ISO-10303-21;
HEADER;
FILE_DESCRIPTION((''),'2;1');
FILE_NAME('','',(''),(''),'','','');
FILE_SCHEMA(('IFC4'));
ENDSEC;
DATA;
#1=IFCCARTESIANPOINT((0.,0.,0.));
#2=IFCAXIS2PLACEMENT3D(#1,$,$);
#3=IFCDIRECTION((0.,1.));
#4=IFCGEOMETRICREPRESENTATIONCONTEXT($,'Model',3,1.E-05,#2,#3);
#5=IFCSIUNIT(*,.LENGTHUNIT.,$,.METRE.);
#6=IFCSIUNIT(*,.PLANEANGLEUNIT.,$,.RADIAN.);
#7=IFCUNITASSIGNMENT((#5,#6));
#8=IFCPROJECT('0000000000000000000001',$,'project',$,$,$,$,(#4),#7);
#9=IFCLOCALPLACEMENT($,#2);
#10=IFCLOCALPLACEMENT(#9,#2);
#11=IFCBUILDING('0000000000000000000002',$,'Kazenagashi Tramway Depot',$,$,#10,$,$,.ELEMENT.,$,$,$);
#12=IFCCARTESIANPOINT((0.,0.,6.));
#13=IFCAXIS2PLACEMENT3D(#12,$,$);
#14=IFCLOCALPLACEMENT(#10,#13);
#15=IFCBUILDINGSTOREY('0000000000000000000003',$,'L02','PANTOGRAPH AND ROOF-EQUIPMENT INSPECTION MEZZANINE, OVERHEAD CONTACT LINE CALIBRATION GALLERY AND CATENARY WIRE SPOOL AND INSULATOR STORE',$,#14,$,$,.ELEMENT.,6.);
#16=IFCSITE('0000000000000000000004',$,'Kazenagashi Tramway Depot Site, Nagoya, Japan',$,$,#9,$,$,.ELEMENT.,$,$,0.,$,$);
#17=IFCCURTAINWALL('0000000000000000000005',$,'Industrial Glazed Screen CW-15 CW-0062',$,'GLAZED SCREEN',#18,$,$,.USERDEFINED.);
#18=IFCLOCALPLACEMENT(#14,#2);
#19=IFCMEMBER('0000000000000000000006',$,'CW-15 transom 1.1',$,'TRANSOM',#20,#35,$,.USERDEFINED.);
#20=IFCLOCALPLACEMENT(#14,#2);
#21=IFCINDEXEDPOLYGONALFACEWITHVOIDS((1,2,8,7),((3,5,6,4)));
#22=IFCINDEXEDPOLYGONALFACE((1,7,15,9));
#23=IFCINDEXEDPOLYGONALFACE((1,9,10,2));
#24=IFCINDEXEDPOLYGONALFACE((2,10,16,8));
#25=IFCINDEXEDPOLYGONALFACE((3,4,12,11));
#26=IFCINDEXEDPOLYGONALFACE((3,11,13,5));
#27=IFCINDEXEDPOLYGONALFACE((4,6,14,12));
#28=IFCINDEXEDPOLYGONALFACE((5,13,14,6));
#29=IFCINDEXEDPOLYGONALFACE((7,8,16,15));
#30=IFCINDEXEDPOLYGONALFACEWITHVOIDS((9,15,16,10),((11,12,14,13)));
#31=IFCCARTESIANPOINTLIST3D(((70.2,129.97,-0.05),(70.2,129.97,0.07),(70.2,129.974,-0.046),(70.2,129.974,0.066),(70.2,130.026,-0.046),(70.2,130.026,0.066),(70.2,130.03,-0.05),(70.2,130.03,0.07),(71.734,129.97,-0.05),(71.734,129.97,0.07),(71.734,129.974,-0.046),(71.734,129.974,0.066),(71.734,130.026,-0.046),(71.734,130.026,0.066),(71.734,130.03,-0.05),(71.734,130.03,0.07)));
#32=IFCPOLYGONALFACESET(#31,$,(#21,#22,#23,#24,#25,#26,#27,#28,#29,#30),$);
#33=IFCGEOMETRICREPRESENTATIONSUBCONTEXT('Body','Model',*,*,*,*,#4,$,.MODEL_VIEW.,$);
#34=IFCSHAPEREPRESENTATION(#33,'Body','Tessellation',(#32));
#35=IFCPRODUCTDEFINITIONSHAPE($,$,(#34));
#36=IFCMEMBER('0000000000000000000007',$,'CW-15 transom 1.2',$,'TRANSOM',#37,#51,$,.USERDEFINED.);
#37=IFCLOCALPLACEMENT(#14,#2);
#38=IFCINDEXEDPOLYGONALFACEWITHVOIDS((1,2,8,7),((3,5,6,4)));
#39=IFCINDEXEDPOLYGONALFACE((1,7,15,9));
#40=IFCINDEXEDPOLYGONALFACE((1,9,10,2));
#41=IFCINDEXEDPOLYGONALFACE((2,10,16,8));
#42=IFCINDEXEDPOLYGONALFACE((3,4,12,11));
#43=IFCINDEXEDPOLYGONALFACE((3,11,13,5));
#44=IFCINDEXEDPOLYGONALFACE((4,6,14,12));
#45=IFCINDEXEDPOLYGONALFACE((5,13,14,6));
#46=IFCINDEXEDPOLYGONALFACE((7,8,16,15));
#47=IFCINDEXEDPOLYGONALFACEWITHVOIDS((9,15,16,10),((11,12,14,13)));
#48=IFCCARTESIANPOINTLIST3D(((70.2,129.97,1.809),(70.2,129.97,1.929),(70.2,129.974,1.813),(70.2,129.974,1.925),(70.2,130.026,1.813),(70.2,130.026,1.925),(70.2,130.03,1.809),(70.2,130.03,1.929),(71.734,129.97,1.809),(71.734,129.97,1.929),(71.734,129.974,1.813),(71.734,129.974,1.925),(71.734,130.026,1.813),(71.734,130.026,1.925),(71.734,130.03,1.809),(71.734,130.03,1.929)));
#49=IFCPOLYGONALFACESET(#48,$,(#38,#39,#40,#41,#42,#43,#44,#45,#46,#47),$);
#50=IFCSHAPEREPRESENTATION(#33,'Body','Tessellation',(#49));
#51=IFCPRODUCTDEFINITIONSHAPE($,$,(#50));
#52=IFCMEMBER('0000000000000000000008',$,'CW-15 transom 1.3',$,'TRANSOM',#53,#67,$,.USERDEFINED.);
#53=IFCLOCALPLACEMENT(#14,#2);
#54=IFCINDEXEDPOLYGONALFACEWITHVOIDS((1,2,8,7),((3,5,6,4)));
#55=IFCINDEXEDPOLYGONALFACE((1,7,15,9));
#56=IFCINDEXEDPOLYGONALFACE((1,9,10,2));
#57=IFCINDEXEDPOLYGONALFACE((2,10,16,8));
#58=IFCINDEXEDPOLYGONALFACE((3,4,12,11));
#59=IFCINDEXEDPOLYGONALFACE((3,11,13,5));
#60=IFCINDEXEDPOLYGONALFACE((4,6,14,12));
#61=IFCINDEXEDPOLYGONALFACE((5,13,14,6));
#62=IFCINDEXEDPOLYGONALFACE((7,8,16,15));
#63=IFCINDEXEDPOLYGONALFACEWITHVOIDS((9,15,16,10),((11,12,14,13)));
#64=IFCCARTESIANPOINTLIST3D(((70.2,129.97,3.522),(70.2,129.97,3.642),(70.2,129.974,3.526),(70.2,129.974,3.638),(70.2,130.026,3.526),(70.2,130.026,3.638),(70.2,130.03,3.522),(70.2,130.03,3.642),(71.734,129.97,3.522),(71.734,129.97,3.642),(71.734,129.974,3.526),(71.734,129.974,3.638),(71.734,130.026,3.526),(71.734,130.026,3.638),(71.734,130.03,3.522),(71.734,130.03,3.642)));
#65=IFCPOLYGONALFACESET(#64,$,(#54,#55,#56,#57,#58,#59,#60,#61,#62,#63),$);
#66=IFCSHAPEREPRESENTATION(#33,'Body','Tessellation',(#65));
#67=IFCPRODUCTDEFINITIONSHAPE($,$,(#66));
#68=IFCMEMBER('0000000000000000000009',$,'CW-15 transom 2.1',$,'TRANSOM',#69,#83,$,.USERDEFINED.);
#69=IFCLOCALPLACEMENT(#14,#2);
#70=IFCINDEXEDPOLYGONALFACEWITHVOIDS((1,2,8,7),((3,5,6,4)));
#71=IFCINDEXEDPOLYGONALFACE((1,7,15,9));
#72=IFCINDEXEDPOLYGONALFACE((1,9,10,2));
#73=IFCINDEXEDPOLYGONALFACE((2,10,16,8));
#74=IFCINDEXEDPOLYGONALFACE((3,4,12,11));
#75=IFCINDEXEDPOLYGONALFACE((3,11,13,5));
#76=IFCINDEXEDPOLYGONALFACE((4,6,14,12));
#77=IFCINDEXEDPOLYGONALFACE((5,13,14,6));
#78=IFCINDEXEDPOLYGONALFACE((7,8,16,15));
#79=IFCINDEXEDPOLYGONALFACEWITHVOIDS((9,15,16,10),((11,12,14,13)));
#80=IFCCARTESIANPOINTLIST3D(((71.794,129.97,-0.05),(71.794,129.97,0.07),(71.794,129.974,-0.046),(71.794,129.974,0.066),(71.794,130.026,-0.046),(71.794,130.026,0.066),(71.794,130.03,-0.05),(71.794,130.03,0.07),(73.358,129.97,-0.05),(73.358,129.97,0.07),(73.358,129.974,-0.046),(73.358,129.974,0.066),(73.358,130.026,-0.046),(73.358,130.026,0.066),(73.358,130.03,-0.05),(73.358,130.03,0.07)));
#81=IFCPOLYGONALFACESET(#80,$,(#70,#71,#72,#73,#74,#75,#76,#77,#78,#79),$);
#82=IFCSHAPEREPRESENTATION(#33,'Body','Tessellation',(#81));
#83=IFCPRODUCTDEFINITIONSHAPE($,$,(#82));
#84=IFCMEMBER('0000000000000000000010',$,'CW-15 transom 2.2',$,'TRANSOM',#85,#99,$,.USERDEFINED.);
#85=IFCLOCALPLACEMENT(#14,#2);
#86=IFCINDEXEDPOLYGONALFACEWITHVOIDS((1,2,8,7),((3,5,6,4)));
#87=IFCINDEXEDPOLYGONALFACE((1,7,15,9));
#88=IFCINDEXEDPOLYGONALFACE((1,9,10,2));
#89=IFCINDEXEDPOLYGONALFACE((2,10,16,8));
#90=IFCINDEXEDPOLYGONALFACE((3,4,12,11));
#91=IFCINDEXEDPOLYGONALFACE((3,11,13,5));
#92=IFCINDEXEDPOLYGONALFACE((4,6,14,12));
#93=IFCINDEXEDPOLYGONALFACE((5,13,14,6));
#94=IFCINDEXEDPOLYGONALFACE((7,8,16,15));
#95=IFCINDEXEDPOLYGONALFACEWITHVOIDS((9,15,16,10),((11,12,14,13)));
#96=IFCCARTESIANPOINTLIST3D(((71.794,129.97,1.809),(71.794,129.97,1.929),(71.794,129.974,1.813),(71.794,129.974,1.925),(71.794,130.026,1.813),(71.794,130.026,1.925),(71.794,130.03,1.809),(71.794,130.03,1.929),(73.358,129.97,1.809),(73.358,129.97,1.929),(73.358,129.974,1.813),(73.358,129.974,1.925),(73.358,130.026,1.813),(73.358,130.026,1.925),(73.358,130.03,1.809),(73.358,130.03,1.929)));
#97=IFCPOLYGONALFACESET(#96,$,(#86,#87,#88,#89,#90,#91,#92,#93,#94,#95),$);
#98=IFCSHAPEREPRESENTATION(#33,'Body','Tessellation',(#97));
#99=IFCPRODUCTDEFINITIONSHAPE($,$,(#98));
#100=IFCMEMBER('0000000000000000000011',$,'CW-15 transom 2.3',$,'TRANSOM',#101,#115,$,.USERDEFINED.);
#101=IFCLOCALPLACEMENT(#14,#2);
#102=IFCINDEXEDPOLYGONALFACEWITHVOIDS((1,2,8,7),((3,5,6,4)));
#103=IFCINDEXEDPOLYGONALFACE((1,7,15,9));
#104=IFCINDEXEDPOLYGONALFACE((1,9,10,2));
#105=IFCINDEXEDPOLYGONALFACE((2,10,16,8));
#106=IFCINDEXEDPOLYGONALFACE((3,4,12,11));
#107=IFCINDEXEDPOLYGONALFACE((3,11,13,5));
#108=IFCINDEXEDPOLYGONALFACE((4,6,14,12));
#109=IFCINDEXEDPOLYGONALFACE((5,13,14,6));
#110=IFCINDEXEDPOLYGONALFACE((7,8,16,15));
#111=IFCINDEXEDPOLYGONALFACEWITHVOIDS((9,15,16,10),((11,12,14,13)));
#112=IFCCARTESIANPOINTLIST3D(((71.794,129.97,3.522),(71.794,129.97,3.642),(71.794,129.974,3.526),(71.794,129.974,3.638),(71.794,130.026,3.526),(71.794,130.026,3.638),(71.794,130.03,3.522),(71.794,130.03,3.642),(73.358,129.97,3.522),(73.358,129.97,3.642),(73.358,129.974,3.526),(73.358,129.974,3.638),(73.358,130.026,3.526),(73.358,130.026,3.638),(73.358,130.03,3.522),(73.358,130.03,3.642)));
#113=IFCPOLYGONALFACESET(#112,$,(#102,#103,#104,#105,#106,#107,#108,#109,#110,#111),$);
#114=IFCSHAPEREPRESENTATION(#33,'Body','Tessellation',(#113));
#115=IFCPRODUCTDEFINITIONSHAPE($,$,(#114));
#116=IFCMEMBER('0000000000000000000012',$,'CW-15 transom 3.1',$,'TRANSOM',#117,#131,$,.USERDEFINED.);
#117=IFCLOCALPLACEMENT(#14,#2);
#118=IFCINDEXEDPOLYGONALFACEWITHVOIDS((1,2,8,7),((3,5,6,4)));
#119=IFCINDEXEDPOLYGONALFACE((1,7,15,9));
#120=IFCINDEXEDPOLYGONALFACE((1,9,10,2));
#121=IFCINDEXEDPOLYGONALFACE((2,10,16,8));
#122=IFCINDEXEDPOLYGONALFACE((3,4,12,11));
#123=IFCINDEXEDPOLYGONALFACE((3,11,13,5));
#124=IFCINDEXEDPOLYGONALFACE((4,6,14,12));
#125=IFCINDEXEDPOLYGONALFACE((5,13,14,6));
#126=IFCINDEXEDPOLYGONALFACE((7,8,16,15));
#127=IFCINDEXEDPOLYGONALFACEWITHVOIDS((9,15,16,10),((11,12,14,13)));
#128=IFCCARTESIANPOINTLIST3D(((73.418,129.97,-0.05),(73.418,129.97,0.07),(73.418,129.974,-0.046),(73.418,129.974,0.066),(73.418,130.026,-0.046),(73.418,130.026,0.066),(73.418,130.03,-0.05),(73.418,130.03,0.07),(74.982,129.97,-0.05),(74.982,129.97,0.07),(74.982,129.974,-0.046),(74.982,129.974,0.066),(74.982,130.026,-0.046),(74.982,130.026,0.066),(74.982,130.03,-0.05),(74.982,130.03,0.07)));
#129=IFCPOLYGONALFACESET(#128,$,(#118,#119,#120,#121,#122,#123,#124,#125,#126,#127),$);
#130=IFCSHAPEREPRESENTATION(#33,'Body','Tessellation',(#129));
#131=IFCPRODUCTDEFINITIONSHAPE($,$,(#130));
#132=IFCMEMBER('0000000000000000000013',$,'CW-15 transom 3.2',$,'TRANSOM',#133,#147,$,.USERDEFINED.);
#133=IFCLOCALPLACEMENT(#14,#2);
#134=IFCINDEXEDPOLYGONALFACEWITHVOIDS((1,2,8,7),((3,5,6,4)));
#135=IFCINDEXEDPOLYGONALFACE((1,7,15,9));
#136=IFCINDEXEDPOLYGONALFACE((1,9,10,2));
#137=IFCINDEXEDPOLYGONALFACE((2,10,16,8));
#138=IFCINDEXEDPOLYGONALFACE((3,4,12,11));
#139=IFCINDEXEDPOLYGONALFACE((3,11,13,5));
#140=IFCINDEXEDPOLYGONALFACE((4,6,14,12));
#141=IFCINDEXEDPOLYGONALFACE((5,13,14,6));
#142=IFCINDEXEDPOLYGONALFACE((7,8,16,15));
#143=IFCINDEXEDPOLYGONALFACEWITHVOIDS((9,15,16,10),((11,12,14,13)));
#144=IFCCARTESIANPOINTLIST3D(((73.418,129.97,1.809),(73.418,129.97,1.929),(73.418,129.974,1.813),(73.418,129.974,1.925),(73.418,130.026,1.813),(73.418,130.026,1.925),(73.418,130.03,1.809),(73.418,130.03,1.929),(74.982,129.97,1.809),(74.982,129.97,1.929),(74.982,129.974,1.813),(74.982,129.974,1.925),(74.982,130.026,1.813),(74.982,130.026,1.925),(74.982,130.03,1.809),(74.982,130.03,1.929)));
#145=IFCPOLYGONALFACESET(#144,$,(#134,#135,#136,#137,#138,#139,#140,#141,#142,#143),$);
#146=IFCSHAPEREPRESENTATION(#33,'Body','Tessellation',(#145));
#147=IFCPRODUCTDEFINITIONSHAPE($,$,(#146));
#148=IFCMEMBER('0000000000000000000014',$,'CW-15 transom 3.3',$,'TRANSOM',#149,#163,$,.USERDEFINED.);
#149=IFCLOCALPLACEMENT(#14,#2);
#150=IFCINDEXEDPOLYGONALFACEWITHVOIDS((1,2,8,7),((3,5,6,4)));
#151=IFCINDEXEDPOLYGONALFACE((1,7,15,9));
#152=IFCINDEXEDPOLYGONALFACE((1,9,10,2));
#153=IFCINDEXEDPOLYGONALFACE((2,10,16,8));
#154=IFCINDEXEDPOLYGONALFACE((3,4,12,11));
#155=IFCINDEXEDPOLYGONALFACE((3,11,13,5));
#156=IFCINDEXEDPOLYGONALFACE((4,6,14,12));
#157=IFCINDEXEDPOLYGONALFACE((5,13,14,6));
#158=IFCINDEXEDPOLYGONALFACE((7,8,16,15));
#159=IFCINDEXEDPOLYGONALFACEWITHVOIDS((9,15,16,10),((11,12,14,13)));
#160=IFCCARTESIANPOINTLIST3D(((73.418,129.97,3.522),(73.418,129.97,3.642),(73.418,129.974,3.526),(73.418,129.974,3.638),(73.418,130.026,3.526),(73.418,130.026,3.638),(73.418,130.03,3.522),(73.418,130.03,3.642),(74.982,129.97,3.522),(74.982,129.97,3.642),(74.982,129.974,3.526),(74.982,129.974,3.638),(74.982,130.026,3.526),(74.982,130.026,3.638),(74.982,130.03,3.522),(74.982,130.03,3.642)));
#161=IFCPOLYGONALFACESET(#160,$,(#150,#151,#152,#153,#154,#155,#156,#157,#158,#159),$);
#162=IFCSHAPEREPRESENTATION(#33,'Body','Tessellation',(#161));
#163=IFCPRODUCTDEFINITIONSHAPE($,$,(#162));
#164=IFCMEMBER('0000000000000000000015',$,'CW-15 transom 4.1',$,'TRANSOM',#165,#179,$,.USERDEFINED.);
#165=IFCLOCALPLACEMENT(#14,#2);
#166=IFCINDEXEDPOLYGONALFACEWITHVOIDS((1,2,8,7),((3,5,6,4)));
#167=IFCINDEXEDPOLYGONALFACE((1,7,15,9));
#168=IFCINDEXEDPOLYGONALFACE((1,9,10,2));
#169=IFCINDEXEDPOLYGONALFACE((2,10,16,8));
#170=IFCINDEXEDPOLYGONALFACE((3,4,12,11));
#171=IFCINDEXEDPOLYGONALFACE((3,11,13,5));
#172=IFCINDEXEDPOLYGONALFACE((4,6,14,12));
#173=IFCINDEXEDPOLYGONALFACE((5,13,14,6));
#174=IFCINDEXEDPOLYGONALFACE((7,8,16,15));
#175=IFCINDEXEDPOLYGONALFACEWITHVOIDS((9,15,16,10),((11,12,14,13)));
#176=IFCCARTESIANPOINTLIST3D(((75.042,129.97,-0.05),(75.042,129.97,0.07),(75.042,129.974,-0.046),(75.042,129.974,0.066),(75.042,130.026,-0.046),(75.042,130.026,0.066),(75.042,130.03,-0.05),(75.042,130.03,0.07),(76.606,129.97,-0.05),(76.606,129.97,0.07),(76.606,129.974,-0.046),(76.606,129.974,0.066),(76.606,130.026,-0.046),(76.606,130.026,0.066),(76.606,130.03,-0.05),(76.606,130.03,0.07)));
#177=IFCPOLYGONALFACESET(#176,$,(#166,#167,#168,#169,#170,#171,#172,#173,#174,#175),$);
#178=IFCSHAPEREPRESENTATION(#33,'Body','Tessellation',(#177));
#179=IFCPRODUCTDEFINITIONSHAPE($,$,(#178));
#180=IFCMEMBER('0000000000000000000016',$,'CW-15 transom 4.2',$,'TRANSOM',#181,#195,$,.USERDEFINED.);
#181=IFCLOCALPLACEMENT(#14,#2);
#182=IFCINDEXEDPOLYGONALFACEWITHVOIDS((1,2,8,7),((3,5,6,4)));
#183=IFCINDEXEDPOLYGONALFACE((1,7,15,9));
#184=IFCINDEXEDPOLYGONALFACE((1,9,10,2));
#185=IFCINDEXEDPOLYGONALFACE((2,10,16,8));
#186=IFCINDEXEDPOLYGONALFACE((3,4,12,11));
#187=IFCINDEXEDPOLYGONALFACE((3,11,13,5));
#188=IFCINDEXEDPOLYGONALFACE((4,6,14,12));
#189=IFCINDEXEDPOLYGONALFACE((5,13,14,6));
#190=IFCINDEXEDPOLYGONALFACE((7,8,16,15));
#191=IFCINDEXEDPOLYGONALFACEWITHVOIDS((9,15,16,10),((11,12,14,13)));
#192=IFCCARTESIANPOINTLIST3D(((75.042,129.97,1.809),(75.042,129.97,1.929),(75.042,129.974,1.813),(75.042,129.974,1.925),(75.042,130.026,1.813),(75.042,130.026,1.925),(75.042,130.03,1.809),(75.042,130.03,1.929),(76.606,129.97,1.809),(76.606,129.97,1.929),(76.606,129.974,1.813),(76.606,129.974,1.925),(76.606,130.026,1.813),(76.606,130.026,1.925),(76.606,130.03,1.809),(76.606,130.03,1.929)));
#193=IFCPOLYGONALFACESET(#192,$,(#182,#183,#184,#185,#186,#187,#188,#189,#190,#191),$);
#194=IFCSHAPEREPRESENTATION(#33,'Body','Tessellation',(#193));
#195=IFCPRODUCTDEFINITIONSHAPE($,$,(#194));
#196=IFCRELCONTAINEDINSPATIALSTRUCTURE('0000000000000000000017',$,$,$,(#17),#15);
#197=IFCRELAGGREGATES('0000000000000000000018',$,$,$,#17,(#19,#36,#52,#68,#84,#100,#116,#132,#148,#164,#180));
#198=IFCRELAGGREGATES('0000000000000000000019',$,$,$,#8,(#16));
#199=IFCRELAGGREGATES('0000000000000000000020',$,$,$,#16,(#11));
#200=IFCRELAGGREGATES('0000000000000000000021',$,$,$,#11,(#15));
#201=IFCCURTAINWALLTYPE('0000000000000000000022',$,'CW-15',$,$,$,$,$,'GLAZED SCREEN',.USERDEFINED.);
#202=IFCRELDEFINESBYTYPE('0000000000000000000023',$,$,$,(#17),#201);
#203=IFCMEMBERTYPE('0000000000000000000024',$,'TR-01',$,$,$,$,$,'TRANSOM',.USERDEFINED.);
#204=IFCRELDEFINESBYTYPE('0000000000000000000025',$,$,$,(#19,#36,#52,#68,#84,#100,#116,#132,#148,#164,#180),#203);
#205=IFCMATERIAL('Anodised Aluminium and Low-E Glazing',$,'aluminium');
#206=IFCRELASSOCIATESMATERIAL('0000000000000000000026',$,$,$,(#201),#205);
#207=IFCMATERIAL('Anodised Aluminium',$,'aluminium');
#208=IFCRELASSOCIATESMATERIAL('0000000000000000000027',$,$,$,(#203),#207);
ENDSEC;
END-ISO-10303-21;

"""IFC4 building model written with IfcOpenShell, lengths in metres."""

from ifc_helpers import new_model, si_unit, direction, frame, origin, origin_2d, place, context, subcontext, project, spatial, hollow_rectangle, extrude, material, material_profile, profile_set, type_object, element, aggregate, save


model = new_model("IFC4")

# Units and contexts
model_context = context("Model", 3, precision=1e-05, world=origin(), true_north=direction((0.0, 1.0)))
body_context = subcontext(model_context, "Body", "Model", "MODEL_VIEW")
ifc_project = project(units=[si_unit("LENGTHUNIT", "METRE"), si_unit("PLANEANGLEUNIT", "RADIAN")], contexts=[model_context])

# Site, building, storey
site_placement = place(None, origin())
site = spatial("IfcSite", under=ifc_project, at=site_placement, Name="Kazenagashi Tramway Depot Site, Nagoya, Japan", CompositionType="ELEMENT", RefElevation=0.0)
building_placement = place(site_placement, origin())
building = spatial("IfcBuilding", under=site, at=building_placement, Name="Kazenagashi Tramway Depot", CompositionType="ELEMENT")
storey_placement = place(building_placement, frame((0.0, 0.0, 6.0)))
storey = spatial("IfcBuildingStorey", under=building, at=storey_placement, Name="L02", Description="PANTOGRAPH AND ROOF-EQUIPMENT INSPECTION MEZZANINE, OVERHEAD CONTACT LINE CALIBRATION GALLERY AND CATENARY WIRE SPOOL AND INSULATOR STORE", CompositionType="ELEMENT", Elevation=6.0)

# Shared definitions
ifc_material_1 = material(Name="Anodised Aluminium and Low-E Glazing", Category="aluminium")
curtain_wall_type = type_object("IfcCurtainWallType", Name="CW-15", ElementType="GLAZED SCREEN", PredefinedType="USERDEFINED", material=ifc_material_1)
ifc_material_2 = material(Name="Anodised Aluminium", Category="aluminium")

# Curtain wall
curtain_wall_1_placement = place(storey_placement, origin())
curtain_wall_1 = element("IfcCurtainWall", 1, at=curtain_wall_1_placement, inside=storey, type_object=curtain_wall_type, Name="Industrial Glazed Screen CW-15 CW-0062", ObjectType="GLAZED SCREEN", PredefinedType="USERDEFINED")

# Members
ifc_material_profile_1 = material_profile(ifc_material_2, hollow_rectangle(XDim=0.06, YDim=0.12, WallThickness=0.004, at=origin_2d()), Name="RHS-120x60x4")
ifc_profile_set_1 = profile_set([ifc_material_profile_1], Name="Anodised Aluminium")
member_type_1 = type_object("IfcMemberType", Name="TR-01", ElementType="TRANSOM", PredefinedType="USERDEFINED", material=ifc_profile_set_1)
member_1_placement = place(storey_placement, frame((70.2, 130.0, 0.01), z_axis=(1.0, 0.0, 0.0), x_axis=(0.0, 1.0, 0.0)))
member_1 = element("IfcMember", 2, at=member_1_placement, type_object=member_type_1, Name="CW-15 transom 1.1", ObjectType="TRANSOM", PredefinedType="USERDEFINED", context=body_context, shape_type="SweptSolid", body=[
    extrude(hollow_rectangle(XDim=0.06, YDim=0.12, WallThickness=0.004, at=origin_2d()), origin(), (0.0, 0.0, 1.0), 1.534),
])
member_2_placement = place(storey_placement, frame((70.2, 130.0, 1.869), z_axis=(1.0, 0.0, 0.0), x_axis=(0.0, 1.0, 0.0)))
member_2 = element("IfcMember", 3, at=member_2_placement, type_object=member_type_1, Name="CW-15 transom 1.2", ObjectType="TRANSOM", PredefinedType="USERDEFINED", context=body_context, shape_type="SweptSolid", body=[
    extrude(hollow_rectangle(XDim=0.06, YDim=0.12, WallThickness=0.004, at=origin_2d()), origin(), (0.0, 0.0, 1.0), 1.534),
])
member_3_placement = place(storey_placement, frame((70.2, 130.0, 3.582), z_axis=(1.0, 0.0, 0.0), x_axis=(0.0, 1.0, 0.0)))
member_3 = element("IfcMember", 4, at=member_3_placement, type_object=member_type_1, Name="CW-15 transom 1.3", ObjectType="TRANSOM", PredefinedType="USERDEFINED", context=body_context, shape_type="SweptSolid", body=[
    extrude(hollow_rectangle(XDim=0.06, YDim=0.12, WallThickness=0.004, at=origin_2d()), origin(), (0.0, 0.0, 1.0), 1.534),
])
member_4_placement = place(storey_placement, frame((71.794, 130.0, 0.01), z_axis=(1.0, 0.0, 0.0), x_axis=(0.0, 1.0, 0.0)))
member_4 = element("IfcMember", 5, at=member_4_placement, type_object=member_type_1, Name="CW-15 transom 2.1", ObjectType="TRANSOM", PredefinedType="USERDEFINED", context=body_context, shape_type="SweptSolid", body=[
    extrude(hollow_rectangle(XDim=0.06, YDim=0.12, WallThickness=0.004, at=origin_2d()), origin(), (0.0, 0.0, 1.0), 1.564),
])
member_5_placement = place(storey_placement, frame((71.794, 130.0, 1.869), z_axis=(1.0, 0.0, 0.0), x_axis=(0.0, 1.0, 0.0)))
member_5 = element("IfcMember", 6, at=member_5_placement, type_object=member_type_1, Name="CW-15 transom 2.2", ObjectType="TRANSOM", PredefinedType="USERDEFINED", context=body_context, shape_type="SweptSolid", body=[
    extrude(hollow_rectangle(XDim=0.06, YDim=0.12, WallThickness=0.004, at=origin_2d()), origin(), (0.0, 0.0, 1.0), 1.564),
])
member_6_placement = place(storey_placement, frame((71.794, 130.0, 3.582), z_axis=(1.0, 0.0, 0.0), x_axis=(0.0, 1.0, 0.0)))
member_6 = element("IfcMember", 7, at=member_6_placement, type_object=member_type_1, Name="CW-15 transom 2.3", ObjectType="TRANSOM", PredefinedType="USERDEFINED", context=body_context, shape_type="SweptSolid", body=[
    extrude(hollow_rectangle(XDim=0.06, YDim=0.12, WallThickness=0.004, at=origin_2d()), origin(), (0.0, 0.0, 1.0), 1.564),
])
member_7_placement = place(storey_placement, frame((73.418, 130.0, 0.01), z_axis=(1.0, 0.0, 0.0), x_axis=(0.0, 1.0, 0.0)))
member_7 = element("IfcMember", 8, at=member_7_placement, type_object=member_type_1, Name="CW-15 transom 3.1", ObjectType="TRANSOM", PredefinedType="USERDEFINED", context=body_context, shape_type="SweptSolid", body=[
    extrude(hollow_rectangle(XDim=0.06, YDim=0.12, WallThickness=0.004, at=origin_2d()), origin(), (0.0, 0.0, 1.0), 1.564),
])
member_8_placement = place(storey_placement, frame((73.418, 130.0, 1.869), z_axis=(1.0, 0.0, 0.0), x_axis=(0.0, 1.0, 0.0)))
member_8 = element("IfcMember", 9, at=member_8_placement, type_object=member_type_1, Name="CW-15 transom 3.2", ObjectType="TRANSOM", PredefinedType="USERDEFINED", context=body_context, shape_type="SweptSolid", body=[
    extrude(hollow_rectangle(XDim=0.06, YDim=0.12, WallThickness=0.004, at=origin_2d()), origin(), (0.0, 0.0, 1.0), 1.564),
])
member_9_placement = place(storey_placement, frame((73.418, 130.0, 3.582), z_axis=(1.0, 0.0, 0.0), x_axis=(0.0, 1.0, 0.0)))
member_9 = element("IfcMember", 10, at=member_9_placement, type_object=member_type_1, Name="CW-15 transom 3.3", ObjectType="TRANSOM", PredefinedType="USERDEFINED", context=body_context, shape_type="SweptSolid", body=[
    extrude(hollow_rectangle(XDim=0.06, YDim=0.12, WallThickness=0.004, at=origin_2d()), origin(), (0.0, 0.0, 1.0), 1.564),
])
member_10_placement = place(storey_placement, frame((75.042, 130.0, 0.01), z_axis=(1.0, 0.0, 0.0), x_axis=(0.0, 1.0, 0.0)))
member_10 = element("IfcMember", 11, at=member_10_placement, type_object=member_type_1, Name="CW-15 transom 4.1", ObjectType="TRANSOM", PredefinedType="USERDEFINED", context=body_context, shape_type="SweptSolid", body=[
    extrude(hollow_rectangle(XDim=0.06, YDim=0.12, WallThickness=0.004, at=origin_2d()), origin(), (0.0, 0.0, 1.0), 1.564),
])
member_11_placement = place(storey_placement, frame((75.042, 130.0, 1.869), z_axis=(1.0, 0.0, 0.0), x_axis=(0.0, 1.0, 0.0)))
member_11 = element("IfcMember", 12, at=member_11_placement, type_object=member_type_1, Name="CW-15 transom 4.2", ObjectType="TRANSOM", PredefinedType="USERDEFINED", context=body_context, shape_type="SweptSolid", body=[
    extrude(hollow_rectangle(XDim=0.06, YDim=0.12, WallThickness=0.004, at=origin_2d()), origin(), (0.0, 0.0, 1.0), 1.564),
])

aggregate(curtain_wall_1, [member_1, member_2, member_3, member_4, member_5, member_6, member_7, member_8, member_9, member_10, member_11])

save(model, "model.ifc")
